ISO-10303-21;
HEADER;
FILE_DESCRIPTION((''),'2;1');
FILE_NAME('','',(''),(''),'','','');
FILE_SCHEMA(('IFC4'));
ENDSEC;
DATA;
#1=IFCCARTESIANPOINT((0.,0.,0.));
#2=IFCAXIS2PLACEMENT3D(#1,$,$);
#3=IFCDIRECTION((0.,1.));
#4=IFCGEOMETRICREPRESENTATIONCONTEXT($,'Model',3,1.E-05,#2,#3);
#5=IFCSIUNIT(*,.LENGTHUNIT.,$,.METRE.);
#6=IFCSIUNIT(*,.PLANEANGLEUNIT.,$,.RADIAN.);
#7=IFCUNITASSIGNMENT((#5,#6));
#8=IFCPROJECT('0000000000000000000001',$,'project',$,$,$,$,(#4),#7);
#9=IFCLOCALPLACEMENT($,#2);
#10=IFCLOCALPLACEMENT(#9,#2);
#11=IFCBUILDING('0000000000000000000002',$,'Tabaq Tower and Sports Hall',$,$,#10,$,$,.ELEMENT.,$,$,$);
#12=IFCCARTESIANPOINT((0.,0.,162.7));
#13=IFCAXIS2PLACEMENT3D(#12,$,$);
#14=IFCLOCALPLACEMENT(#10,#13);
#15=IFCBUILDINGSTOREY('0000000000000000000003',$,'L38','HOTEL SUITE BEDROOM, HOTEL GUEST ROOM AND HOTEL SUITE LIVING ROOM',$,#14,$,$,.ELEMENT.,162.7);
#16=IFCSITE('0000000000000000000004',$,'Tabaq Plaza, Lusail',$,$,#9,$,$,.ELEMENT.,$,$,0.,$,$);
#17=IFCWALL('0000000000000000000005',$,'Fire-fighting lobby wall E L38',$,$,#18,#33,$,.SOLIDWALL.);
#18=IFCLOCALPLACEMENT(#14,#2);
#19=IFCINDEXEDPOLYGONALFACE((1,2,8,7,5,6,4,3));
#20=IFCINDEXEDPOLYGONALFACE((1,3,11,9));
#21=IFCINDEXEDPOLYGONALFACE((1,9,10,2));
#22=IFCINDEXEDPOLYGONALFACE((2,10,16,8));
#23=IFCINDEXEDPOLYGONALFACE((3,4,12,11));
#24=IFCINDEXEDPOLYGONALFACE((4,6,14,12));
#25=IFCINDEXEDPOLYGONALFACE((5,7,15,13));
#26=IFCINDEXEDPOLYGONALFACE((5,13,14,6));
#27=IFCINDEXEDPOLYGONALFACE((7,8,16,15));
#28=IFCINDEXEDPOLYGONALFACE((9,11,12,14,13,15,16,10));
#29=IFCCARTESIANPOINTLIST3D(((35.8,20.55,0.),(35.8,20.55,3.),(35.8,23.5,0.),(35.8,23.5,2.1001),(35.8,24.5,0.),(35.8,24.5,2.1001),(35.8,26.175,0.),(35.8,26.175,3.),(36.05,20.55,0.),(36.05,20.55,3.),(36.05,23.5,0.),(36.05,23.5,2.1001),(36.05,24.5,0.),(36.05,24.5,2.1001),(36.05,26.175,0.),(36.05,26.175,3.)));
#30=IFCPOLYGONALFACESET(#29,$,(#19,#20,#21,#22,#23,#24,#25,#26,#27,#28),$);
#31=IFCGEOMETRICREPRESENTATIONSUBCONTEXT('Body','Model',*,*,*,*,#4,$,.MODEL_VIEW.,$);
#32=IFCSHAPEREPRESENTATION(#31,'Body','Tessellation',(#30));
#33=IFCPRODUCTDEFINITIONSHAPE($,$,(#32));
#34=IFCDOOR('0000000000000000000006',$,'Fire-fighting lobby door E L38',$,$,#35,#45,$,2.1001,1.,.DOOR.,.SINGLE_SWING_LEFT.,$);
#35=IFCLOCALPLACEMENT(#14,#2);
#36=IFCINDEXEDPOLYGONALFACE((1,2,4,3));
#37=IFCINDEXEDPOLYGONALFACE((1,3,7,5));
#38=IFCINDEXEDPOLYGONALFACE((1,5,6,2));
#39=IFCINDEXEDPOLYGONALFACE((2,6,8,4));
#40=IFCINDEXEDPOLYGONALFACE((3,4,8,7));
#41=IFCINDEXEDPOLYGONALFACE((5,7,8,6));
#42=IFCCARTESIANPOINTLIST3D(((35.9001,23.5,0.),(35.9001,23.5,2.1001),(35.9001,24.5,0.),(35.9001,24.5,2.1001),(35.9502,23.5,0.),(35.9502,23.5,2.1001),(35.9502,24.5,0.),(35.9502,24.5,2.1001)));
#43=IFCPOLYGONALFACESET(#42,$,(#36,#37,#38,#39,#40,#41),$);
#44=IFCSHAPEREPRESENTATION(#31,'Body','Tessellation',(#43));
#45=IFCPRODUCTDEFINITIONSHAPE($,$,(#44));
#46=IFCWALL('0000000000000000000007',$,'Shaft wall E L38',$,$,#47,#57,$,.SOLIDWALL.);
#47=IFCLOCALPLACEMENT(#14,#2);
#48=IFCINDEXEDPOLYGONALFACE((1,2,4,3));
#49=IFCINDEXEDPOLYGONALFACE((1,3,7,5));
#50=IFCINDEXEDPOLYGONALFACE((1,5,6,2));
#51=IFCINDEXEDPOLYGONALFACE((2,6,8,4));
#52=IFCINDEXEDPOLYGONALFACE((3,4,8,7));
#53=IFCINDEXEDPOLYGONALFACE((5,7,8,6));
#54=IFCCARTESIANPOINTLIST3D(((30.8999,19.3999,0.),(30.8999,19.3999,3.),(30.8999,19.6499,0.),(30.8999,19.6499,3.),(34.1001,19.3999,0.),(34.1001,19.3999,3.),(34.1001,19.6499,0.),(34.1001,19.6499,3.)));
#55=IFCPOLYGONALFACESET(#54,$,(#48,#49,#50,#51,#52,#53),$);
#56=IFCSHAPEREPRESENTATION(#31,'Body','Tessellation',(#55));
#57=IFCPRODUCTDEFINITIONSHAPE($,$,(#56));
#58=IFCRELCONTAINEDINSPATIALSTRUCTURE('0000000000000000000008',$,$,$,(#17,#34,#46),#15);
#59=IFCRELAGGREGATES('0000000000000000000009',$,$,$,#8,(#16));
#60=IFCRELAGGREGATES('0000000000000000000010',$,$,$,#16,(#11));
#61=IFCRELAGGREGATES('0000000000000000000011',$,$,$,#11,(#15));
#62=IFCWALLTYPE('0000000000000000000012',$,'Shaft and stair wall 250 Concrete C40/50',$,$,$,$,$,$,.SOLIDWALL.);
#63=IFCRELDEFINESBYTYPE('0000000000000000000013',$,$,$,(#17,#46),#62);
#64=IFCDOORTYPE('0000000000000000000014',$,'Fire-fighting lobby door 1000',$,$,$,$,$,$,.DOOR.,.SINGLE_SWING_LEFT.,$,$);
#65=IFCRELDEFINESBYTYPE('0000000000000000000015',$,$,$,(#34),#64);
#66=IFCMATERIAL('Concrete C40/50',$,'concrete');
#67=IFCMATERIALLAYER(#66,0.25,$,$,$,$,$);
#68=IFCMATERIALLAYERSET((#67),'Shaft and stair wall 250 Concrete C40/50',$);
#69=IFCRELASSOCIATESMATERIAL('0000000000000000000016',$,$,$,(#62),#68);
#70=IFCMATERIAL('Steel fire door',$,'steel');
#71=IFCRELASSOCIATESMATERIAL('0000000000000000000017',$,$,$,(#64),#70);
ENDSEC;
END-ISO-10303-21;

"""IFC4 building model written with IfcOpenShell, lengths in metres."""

from ifc_helpers import new_model, si_unit, direction, frame, frame_2d, origin, place, context, subcontext, project, spatial, rectangle, extrude, material, layer, layer_set, type_object, element, fill, save


model = new_model("IFC4")

# Units and contexts
model_context = context("Model", 3, precision=1e-05, world=origin(), true_north=direction((0.0, 1.0)))
body_context = subcontext(model_context, "Body", "Model", "MODEL_VIEW")
ifc_project = project(units=[si_unit("LENGTHUNIT", "METRE"), si_unit("PLANEANGLEUNIT", "RADIAN")], contexts=[model_context])

# Site, building, storey
site_placement = place(None, origin())
site = spatial("IfcSite", under=ifc_project, at=site_placement, Name="Tabaq Plaza, Lusail", CompositionType="ELEMENT", RefElevation=0.0)
building_placement = place(site_placement, origin())
building = spatial("IfcBuilding", under=site, at=building_placement, Name="Tabaq Tower and Sports Hall", CompositionType="ELEMENT")
storey_placement = place(building_placement, frame((0.0, 0.0, 162.7)))
storey = spatial("IfcBuildingStorey", under=building, at=storey_placement, Name="L38", Description="HOTEL SUITE BEDROOM, HOTEL GUEST ROOM AND HOTEL SUITE LIVING ROOM", CompositionType="ELEMENT", Elevation=162.7)

# Shared definitions
ifc_material_1 = material(Name="Concrete C40/50", Category="concrete")
ifc_layer_1 = layer(ifc_material_1, 0.25)
ifc_layer_set_1 = layer_set([ifc_layer_1], Name="Shaft and stair wall 250 Concrete C40/50")
wall_type_1 = type_object("IfcWallType", Name="Shaft and stair wall 250 Concrete C40/50", PredefinedType="SOLIDWALL", material=ifc_layer_set_1)

# Wall, opening, door
wall_1_placement = place(storey_placement, frame((35.925, 20.55, 0.0), z_axis=(0.0, 0.0, 1.0), x_axis=(0.0, 1.0, 0.0)))
wall_1 = element("IfcWall", 1, at=wall_1_placement, inside=storey, type_object=wall_type_1, Name="Fire-fighting lobby wall E L38", PredefinedType="SOLIDWALL", context=body_context, shape_type="SweptSolid", body=[
    extrude(rectangle(XDim=5.625, YDim=0.25, at=frame_2d((2.8125, 0.0))), origin(), (0.0, 0.0, 1.0), 3.0),
])
opening_1_placement = place(wall_1_placement, frame((2.95, 0.0, 0.0)))
opening_1 = element("IfcOpeningElement", 2, at=opening_1_placement, cuts=wall_1, PredefinedType="OPENING", context=body_context, shape_type="SweptSolid", body=[
    extrude(rectangle(XDim=1.0, YDim=2.1001, at=frame_2d((0.5, 1.05))), frame((0.0, 0.125, 0.0), z_axis=(0.0, -1.0, 0.0), x_axis=(1.0, 0.0, 0.0)), (0.0, 0.0, 1.0), 0.25),
])
ifc_material_2 = material(Name="Steel fire door", Category="steel")
door_type_1 = type_object("IfcDoorType", Name="Fire-fighting lobby door 1000", OperationType="SINGLE_SWING_LEFT", PredefinedType="DOOR", material=ifc_material_2)
door_1_placement = place(opening_1_placement, origin())
door_1 = element("IfcDoor", 3, at=door_1_placement, inside=storey, type_object=door_type_1, Name="Fire-fighting lobby door E L38", OperationType="SINGLE_SWING_LEFT", OverallHeight=2.1001, OverallWidth=1.0, PredefinedType="DOOR", context=body_context, shape_type="SweptSolid", body=[
    extrude(rectangle(XDim=1.0, YDim=2.1001, at=frame_2d((0.5, 1.05))), frame((0.0, 0.0249, 0.0), z_axis=(0.0, -1.0, 0.0), x_axis=(1.0, 0.0, 0.0)), (0.0, 0.0, 1.0), 0.05),
])
fill(opening_1, door_1)

# Wall
wall_2_placement = place(storey_placement, frame((30.8999, 19.5249, 0.0), z_axis=(0.0, 0.0, 1.0), x_axis=(1.0, 0.0, 0.0)))
element("IfcWall", 4, at=wall_2_placement, inside=storey, type_object=wall_type_1, Name="Shaft wall E L38", PredefinedType="SOLIDWALL", context=body_context, shape_type="SweptSolid", body=[
    extrude(rectangle(XDim=3.2002, YDim=0.25, at=frame_2d((1.6001, 0.0))), origin(), (0.0, 0.0, 1.0), 3.0),
])

save(model, "model.ifc")
